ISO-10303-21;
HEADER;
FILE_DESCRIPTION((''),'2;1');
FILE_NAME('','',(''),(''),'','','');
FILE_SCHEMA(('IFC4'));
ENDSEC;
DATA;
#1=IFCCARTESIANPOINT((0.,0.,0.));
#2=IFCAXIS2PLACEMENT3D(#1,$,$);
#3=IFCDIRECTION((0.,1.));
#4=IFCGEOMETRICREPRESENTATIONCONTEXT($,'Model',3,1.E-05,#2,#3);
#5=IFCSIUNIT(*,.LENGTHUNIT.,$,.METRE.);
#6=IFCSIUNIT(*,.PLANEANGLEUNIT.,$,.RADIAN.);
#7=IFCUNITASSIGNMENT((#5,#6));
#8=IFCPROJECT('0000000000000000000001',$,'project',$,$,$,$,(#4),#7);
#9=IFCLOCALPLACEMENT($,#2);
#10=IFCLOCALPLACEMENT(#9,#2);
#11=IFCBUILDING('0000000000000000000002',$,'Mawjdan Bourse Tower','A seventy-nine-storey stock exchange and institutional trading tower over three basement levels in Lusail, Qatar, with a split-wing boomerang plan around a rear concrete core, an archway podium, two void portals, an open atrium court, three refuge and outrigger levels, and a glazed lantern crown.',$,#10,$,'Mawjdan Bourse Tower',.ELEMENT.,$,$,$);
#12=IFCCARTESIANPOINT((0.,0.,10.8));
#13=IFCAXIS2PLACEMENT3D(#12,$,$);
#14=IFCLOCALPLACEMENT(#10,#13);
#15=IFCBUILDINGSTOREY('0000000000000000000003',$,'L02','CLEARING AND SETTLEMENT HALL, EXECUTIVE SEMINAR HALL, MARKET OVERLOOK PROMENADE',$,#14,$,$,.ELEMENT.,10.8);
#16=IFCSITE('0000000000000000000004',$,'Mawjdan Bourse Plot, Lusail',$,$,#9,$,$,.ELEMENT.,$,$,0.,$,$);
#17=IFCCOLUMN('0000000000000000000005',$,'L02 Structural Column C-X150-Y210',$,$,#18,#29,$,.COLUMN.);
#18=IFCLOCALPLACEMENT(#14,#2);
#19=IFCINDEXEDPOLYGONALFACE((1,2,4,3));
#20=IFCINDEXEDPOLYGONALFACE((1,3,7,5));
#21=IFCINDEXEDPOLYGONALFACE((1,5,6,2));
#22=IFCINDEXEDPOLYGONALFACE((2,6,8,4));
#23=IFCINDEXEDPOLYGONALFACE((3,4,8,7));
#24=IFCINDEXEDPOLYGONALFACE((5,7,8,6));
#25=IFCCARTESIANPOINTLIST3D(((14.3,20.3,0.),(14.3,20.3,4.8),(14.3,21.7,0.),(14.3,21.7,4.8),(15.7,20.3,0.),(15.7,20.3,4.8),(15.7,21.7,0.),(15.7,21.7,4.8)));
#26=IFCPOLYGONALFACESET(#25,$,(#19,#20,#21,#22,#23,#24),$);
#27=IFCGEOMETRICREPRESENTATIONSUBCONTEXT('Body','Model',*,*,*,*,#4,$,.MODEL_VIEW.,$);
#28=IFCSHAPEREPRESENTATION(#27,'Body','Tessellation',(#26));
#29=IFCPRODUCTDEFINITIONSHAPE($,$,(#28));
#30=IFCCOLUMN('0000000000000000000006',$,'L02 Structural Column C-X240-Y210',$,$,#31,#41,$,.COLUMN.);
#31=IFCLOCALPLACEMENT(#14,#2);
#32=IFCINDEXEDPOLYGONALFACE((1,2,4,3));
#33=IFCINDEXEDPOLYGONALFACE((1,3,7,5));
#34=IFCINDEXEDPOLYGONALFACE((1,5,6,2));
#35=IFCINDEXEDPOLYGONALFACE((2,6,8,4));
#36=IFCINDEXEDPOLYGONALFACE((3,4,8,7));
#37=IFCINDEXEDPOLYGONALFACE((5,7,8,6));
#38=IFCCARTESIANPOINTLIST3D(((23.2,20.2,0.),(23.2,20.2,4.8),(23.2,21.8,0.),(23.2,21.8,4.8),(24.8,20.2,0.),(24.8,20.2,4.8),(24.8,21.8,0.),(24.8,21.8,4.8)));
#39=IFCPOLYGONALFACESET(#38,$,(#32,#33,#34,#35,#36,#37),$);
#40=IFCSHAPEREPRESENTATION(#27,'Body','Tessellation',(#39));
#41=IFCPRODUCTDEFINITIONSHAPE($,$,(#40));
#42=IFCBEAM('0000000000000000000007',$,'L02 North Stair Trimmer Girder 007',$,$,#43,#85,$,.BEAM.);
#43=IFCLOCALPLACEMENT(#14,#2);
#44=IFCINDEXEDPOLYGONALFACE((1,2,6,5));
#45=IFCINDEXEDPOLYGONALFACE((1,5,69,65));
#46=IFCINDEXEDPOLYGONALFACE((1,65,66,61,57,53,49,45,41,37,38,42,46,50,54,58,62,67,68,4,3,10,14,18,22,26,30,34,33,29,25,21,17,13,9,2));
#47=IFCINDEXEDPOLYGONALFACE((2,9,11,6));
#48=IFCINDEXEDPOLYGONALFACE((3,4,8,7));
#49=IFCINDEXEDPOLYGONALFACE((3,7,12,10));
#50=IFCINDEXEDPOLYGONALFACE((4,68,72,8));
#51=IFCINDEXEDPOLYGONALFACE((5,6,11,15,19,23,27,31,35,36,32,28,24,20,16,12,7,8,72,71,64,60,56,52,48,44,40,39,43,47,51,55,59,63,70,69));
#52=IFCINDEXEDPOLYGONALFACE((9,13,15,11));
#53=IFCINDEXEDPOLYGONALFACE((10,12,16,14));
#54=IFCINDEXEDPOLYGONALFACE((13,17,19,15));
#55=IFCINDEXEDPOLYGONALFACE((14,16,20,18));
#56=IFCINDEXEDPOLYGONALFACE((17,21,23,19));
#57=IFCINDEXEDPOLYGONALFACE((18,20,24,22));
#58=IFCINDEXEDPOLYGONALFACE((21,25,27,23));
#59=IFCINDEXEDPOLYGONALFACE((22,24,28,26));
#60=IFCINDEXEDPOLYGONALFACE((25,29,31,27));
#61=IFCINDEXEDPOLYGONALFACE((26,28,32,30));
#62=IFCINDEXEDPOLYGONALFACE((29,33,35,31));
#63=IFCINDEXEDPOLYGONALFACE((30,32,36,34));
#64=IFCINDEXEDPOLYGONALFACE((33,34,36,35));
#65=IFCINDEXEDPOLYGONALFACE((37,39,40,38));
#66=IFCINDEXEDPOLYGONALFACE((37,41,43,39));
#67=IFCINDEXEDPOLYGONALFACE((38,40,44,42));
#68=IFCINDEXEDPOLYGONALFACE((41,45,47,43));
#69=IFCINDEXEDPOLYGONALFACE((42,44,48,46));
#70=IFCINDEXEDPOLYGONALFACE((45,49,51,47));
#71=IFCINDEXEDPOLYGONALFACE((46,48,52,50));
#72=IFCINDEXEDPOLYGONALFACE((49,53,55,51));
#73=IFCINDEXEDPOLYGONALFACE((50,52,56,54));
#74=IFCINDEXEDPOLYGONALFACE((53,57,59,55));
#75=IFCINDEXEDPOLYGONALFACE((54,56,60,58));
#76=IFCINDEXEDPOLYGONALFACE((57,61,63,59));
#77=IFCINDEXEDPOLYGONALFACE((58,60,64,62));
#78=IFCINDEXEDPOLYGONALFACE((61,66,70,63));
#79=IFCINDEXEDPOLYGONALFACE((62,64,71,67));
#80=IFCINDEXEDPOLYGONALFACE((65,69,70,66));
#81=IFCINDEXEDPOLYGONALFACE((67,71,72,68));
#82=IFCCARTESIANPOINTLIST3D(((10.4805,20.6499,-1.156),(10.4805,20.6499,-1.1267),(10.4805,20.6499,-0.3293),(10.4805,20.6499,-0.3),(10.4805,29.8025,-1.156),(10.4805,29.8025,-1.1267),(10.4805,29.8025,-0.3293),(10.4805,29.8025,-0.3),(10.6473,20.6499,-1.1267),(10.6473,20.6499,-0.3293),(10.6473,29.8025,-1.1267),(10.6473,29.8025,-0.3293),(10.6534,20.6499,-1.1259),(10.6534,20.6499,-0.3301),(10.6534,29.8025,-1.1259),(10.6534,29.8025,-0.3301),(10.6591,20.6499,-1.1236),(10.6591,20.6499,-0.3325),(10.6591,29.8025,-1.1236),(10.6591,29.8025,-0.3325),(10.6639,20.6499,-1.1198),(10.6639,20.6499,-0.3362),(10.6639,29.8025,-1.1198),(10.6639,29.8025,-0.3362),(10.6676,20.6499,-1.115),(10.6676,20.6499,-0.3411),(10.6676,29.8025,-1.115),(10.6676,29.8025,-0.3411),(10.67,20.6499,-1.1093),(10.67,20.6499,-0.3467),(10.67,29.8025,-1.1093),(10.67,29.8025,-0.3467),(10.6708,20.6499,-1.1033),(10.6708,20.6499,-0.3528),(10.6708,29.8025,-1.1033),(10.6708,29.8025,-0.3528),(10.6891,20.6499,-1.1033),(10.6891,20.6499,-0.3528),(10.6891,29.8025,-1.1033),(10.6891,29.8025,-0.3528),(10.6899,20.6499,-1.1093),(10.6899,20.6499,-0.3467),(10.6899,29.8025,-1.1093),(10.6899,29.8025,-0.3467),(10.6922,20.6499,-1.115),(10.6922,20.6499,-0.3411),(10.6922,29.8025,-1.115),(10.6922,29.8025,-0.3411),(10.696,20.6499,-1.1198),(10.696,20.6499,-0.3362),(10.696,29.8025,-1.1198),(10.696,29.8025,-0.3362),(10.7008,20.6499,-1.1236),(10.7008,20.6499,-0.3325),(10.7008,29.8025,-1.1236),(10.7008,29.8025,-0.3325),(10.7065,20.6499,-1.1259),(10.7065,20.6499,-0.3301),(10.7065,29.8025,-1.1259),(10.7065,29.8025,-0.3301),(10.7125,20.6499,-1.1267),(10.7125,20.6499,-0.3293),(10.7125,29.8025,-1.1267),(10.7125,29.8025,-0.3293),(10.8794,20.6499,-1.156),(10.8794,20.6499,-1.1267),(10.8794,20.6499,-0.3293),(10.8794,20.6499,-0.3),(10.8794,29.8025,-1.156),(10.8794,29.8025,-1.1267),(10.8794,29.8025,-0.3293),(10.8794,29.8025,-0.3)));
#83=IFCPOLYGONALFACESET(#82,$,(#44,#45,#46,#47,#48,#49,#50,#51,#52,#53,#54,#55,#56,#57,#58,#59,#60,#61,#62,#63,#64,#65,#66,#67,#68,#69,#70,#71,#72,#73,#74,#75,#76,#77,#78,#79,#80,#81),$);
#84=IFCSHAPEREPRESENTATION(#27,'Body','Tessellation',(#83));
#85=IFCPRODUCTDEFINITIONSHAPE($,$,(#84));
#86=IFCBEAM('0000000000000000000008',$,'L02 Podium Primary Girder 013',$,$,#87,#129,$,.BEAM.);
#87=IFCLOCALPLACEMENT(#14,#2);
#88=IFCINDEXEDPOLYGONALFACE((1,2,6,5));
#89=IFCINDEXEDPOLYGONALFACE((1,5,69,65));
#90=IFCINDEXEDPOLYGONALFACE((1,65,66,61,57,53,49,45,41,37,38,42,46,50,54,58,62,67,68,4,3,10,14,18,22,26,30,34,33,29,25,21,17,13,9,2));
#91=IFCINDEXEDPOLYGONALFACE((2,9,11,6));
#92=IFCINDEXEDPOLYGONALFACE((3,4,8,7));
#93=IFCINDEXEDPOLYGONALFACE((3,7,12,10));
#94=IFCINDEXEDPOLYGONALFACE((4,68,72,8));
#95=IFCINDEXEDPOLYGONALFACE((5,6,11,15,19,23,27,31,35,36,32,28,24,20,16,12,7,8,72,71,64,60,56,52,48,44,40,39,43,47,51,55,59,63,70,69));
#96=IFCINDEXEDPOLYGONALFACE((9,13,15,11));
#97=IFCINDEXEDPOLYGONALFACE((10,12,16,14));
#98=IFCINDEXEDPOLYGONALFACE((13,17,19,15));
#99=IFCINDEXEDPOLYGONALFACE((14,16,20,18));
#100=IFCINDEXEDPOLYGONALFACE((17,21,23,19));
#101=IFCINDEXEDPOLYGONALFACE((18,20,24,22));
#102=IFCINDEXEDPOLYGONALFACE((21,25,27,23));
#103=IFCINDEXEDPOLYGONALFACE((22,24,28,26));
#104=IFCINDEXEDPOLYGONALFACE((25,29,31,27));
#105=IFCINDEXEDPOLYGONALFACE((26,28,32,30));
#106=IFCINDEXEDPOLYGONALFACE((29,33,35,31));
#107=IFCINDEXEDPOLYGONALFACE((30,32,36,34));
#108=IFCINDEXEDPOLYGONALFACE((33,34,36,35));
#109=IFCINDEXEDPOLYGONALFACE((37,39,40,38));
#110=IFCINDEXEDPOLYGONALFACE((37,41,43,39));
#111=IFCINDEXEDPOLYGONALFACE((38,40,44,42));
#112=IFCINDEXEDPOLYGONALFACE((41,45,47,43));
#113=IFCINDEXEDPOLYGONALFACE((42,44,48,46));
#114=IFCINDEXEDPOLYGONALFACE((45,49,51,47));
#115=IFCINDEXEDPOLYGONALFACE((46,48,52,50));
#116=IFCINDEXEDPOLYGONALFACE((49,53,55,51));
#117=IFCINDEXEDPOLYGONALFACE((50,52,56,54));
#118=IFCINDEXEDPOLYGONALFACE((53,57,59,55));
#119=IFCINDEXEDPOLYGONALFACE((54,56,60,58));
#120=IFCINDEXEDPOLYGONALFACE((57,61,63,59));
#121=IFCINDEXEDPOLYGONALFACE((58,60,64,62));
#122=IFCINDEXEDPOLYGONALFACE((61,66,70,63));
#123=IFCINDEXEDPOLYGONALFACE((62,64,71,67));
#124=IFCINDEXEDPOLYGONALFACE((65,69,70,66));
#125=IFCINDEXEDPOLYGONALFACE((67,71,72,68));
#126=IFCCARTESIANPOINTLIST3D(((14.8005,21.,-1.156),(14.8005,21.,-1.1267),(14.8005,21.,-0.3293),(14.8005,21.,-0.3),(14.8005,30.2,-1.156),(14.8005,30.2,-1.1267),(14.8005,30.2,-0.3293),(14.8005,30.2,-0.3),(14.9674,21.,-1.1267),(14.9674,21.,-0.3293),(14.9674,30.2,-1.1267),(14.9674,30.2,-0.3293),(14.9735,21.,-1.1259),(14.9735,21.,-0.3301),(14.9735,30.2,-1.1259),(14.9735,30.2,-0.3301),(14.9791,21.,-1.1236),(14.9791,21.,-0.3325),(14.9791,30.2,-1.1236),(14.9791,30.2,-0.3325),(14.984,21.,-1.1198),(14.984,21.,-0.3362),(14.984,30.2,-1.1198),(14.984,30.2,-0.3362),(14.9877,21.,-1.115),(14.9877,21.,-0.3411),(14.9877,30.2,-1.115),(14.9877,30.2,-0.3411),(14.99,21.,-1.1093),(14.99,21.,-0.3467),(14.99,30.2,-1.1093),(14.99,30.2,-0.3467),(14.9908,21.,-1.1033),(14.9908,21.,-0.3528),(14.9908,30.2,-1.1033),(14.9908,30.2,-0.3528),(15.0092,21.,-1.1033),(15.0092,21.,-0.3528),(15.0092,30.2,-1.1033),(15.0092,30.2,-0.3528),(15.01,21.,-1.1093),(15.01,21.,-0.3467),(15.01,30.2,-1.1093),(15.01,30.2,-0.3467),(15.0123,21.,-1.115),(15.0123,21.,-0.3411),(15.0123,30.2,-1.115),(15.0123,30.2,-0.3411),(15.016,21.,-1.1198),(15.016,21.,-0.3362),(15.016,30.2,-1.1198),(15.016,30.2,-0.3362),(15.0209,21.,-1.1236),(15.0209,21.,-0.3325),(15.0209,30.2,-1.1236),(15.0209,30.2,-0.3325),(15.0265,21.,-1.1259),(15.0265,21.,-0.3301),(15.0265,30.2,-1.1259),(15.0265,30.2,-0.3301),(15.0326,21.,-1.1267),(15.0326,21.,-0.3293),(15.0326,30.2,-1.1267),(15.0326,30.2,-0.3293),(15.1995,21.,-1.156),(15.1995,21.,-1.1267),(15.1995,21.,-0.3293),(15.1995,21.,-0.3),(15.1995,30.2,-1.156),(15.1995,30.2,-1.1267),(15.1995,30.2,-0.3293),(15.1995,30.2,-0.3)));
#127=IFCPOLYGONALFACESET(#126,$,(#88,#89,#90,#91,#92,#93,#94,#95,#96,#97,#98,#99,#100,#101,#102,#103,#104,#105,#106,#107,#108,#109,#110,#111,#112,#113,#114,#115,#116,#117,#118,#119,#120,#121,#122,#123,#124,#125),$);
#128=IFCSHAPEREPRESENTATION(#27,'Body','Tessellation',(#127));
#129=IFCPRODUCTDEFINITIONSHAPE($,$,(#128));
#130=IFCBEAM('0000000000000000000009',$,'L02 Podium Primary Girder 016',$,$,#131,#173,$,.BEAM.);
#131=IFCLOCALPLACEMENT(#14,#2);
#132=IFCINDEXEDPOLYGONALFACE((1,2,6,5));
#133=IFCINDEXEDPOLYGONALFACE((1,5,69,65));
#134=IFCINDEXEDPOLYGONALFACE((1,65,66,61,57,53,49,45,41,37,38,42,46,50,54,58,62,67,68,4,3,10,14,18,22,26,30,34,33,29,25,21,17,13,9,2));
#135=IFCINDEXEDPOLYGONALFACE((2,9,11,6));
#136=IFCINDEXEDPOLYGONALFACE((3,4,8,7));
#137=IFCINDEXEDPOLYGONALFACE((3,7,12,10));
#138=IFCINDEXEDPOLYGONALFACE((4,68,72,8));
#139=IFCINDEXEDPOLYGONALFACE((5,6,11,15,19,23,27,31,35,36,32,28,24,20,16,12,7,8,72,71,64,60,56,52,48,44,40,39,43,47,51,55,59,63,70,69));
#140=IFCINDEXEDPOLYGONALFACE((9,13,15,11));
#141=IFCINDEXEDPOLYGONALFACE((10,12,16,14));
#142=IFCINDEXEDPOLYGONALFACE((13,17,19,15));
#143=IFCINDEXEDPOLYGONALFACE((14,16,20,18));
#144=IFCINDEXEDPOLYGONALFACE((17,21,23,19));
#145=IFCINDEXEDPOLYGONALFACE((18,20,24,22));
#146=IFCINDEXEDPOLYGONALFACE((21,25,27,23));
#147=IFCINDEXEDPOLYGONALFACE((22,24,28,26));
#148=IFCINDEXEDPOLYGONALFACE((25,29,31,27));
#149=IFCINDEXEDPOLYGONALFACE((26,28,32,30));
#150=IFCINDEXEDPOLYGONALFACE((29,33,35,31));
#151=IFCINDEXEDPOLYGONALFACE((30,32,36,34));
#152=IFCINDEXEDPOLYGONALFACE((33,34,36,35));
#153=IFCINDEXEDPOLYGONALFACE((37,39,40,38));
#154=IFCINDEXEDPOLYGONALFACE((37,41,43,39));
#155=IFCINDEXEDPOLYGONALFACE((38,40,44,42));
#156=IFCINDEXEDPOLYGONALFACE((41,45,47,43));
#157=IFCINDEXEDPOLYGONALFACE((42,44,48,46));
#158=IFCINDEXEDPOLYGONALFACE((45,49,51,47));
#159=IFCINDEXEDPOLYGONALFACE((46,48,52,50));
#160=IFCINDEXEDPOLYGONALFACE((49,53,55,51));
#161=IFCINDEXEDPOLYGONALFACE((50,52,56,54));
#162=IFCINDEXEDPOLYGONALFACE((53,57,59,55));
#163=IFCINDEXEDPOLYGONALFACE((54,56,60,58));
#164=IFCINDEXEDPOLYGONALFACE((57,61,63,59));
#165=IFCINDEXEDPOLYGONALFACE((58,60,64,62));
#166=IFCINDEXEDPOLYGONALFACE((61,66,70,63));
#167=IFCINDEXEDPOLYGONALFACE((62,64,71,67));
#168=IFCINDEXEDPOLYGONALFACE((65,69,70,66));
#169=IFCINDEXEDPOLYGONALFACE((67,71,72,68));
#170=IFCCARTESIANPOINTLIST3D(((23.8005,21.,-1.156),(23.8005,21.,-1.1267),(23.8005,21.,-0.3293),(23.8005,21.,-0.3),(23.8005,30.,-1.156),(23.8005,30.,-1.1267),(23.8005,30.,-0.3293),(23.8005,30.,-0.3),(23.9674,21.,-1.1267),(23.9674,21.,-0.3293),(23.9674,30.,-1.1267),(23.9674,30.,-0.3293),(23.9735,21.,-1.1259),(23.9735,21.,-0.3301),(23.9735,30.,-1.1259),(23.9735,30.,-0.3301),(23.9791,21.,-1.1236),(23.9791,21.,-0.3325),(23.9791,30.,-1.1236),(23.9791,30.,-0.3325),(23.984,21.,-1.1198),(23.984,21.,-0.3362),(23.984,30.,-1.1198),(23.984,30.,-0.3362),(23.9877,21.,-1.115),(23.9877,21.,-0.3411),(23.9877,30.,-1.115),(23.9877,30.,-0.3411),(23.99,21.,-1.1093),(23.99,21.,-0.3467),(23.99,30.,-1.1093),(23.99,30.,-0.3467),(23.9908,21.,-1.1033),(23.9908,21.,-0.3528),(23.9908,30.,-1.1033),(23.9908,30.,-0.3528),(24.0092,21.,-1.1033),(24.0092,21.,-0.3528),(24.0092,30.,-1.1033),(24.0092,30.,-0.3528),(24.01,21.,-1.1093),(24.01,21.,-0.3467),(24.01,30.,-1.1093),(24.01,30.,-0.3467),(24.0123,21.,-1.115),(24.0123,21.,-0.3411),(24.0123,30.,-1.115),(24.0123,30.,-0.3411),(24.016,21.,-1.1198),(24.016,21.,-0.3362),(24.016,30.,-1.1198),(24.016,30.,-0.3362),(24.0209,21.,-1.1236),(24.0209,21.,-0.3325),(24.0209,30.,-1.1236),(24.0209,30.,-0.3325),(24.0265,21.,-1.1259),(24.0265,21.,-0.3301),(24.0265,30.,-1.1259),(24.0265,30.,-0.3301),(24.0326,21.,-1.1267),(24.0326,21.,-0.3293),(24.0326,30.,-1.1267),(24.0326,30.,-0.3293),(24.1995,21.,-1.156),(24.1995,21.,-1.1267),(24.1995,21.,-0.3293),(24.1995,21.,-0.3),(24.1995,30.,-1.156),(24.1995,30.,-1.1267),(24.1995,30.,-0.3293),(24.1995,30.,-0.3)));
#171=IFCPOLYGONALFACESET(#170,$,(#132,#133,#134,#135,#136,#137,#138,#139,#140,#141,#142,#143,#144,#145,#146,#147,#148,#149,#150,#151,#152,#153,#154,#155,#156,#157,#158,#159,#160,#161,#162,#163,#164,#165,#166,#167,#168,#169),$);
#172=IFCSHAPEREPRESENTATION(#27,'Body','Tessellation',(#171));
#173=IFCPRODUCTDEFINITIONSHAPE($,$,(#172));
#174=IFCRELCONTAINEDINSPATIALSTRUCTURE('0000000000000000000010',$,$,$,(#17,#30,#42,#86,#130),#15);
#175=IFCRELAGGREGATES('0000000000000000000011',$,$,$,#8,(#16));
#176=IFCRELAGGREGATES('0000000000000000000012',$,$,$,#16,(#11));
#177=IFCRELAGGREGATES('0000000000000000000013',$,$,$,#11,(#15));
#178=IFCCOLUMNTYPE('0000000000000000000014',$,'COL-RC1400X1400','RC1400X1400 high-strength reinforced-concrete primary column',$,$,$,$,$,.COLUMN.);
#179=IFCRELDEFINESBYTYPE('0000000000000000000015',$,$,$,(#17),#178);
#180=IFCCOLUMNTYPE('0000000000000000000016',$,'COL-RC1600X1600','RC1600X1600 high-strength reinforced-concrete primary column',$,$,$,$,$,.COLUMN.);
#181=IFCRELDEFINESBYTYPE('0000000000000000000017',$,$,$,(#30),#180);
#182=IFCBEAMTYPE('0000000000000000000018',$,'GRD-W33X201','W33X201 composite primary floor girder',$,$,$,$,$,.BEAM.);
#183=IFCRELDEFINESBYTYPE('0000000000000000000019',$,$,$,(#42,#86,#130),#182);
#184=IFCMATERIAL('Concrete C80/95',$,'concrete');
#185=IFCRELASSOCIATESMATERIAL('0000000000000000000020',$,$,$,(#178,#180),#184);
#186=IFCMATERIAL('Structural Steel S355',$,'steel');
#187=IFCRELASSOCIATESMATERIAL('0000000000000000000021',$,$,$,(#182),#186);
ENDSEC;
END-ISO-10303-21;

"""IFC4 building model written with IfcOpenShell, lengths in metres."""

from ifc_helpers import new_model, si_unit, direction, frame, origin, origin_2d, place, context, subcontext, project, spatial, rectangle, i_section, extrude, material, material_profile, profile_set, type_object, element, save


model = new_model("IFC4")

# Units and contexts
model_context = context("Model", 3, precision=1e-05, world=origin(), true_north=direction((0.0, 1.0)))
body_context = subcontext(model_context, "Body", "Model", "MODEL_VIEW")
ifc_project = project(units=[si_unit("LENGTHUNIT", "METRE"), si_unit("PLANEANGLEUNIT", "RADIAN")], contexts=[model_context])

# Site, building, storey
site_placement = place(None, origin())
site = spatial("IfcSite", under=ifc_project, at=site_placement, Name="Mawjdan Bourse Plot, Lusail", CompositionType="ELEMENT", RefElevation=0.0)
building_placement = place(site_placement, origin())
building = spatial("IfcBuilding", under=site, at=building_placement, Name="Mawjdan Bourse Tower", Description="A seventy-nine-storey stock exchange and institutional trading tower over three basement levels in Lusail, Qatar, with a split-wing boomerang plan around a rear concrete core, an archway podium, two void portals, an open atrium court, three refuge and outrigger levels, and a glazed lantern crown.", LongName="Mawjdan Bourse Tower", CompositionType="ELEMENT")
storey_placement = place(building_placement, frame((0.0, 0.0, 10.8)))
storey = spatial("IfcBuildingStorey", under=building, at=storey_placement, Name="L02", Description="CLEARING AND SETTLEMENT HALL, EXECUTIVE SEMINAR HALL, MARKET OVERLOOK PROMENADE", CompositionType="ELEMENT", Elevation=10.8)

# Columns
ifc_material_1 = material(Name="Concrete C80/95", Category="concrete")
ifc_material_profile_1 = material_profile(ifc_material_1, rectangle(XDim=1.3999, YDim=1.3999, at=origin_2d()), Name="RC1400X1400")
ifc_profile_set_1 = profile_set([ifc_material_profile_1], Name="Concrete C80/95")
column_type_1 = type_object("IfcColumnType", Name="COL-RC1400X1400", Description="RC1400X1400 high-strength reinforced-concrete primary column", PredefinedType="COLUMN", material=ifc_profile_set_1)
column_1_placement = place(storey_placement, frame((15.0, 21.0, 0.0), z_axis=(0.0, 0.0, 1.0), x_axis=(1.0, 0.0, 0.0)))
element("IfcColumn", 1, at=column_1_placement, inside=storey, type_object=column_type_1, Name="L02 Structural Column C-X150-Y210", PredefinedType="COLUMN", context=body_context, shape_type="SweptSolid", body=[
    extrude(rectangle(XDim=1.3999, YDim=1.3999, at=origin_2d()), origin(), (0.0, 0.0, 1.0), 4.8),
])
ifc_material_profile_2 = material_profile(ifc_material_1, rectangle(XDim=1.6001, YDim=1.6001, at=origin_2d()), Name="RC1600X1600")
ifc_profile_set_2 = profile_set([ifc_material_profile_2], Name="Concrete C80/95")
column_type_2 = type_object("IfcColumnType", Name="COL-RC1600X1600", Description="RC1600X1600 high-strength reinforced-concrete primary column", PredefinedType="COLUMN", material=ifc_profile_set_2)
column_2_placement = place(storey_placement, frame((24.0, 21.0, 0.0), z_axis=(0.0, 0.0, 1.0), x_axis=(1.0, 0.0, 0.0)))
element("IfcColumn", 2, at=column_2_placement, inside=storey, type_object=column_type_2, Name="L02 Structural Column C-X240-Y210", PredefinedType="COLUMN", context=body_context, shape_type="SweptSolid", body=[
    extrude(rectangle(XDim=1.6001, YDim=1.6001, at=origin_2d()), origin(), (0.0, 0.0, 1.0), 4.8),
])

# Beams
ifc_material_2 = material(Name="Structural Steel S355", Category="steel")
ifc_material_profile_3 = material_profile(ifc_material_2, i_section(OverallWidth=0.3989, OverallDepth=0.856, WebThickness=0.0183, FlangeThickness=0.0293, FilletRadius=0.0234, at=origin_2d()), Name="W33X201")
ifc_profile_set_3 = profile_set([ifc_material_profile_3], Name="Structural Steel S355")
beam_type_1 = type_object("IfcBeamType", Name="GRD-W33X201", Description="W33X201 composite primary floor girder", PredefinedType="BEAM", material=ifc_profile_set_3)
beam_1_placement = place(storey_placement, frame((10.6799, 20.6499, -0.728), z_axis=(0.0, 1.0, 0.0), x_axis=(-1.0, 0.0, 0.0)))
element("IfcBeam", 3, at=beam_1_placement, inside=storey, type_object=beam_type_1, Name="L02 North Stair Trimmer Girder 007", PredefinedType="BEAM", context=body_context, shape_type="SweptSolid", body=[
    extrude(i_section(OverallWidth=0.3989, OverallDepth=0.856, WebThickness=0.0183, FlangeThickness=0.0293, FilletRadius=0.0234, at=origin_2d()), origin(), (0.0, 0.0, 1.0), 9.1526),
])
beam_2_placement = place(storey_placement, frame((15.0, 21.0, -0.728), z_axis=(0.0, 1.0, 0.0), x_axis=(-1.0, 0.0, 0.0)))
element("IfcBeam", 4, at=beam_2_placement, inside=storey, type_object=beam_type_1, Name="L02 Podium Primary Girder 013", PredefinedType="BEAM", context=body_context, shape_type="SweptSolid", body=[
    extrude(i_section(OverallWidth=0.3989, OverallDepth=0.856, WebThickness=0.0183, FlangeThickness=0.0293, FilletRadius=0.0234, at=origin_2d()), origin(), (0.0, 0.0, 1.0), 9.2),
])
for number, where, z_axis, x_axis, name in (
    (5, (24.0, 21.0, -0.728), (0.0, 1.0, 0.0), (-1.0, 0.0, 0.0), "L02 Podium Primary Girder 016"),
):
    element("IfcBeam", number, at=place(storey_placement, frame(where, z_axis=z_axis, x_axis=x_axis)), inside=storey, type_object=beam_type_1, Name=name, PredefinedType="BEAM", context=body_context, shape_type="SweptSolid", body=[
        extrude(i_section(OverallWidth=0.3989, OverallDepth=0.856, WebThickness=0.0183, FlangeThickness=0.0293, FilletRadius=0.0234, at=origin_2d()), origin(), (0.0, 0.0, 1.0), 9.0),
    ])

save(model, "model.ifc")
